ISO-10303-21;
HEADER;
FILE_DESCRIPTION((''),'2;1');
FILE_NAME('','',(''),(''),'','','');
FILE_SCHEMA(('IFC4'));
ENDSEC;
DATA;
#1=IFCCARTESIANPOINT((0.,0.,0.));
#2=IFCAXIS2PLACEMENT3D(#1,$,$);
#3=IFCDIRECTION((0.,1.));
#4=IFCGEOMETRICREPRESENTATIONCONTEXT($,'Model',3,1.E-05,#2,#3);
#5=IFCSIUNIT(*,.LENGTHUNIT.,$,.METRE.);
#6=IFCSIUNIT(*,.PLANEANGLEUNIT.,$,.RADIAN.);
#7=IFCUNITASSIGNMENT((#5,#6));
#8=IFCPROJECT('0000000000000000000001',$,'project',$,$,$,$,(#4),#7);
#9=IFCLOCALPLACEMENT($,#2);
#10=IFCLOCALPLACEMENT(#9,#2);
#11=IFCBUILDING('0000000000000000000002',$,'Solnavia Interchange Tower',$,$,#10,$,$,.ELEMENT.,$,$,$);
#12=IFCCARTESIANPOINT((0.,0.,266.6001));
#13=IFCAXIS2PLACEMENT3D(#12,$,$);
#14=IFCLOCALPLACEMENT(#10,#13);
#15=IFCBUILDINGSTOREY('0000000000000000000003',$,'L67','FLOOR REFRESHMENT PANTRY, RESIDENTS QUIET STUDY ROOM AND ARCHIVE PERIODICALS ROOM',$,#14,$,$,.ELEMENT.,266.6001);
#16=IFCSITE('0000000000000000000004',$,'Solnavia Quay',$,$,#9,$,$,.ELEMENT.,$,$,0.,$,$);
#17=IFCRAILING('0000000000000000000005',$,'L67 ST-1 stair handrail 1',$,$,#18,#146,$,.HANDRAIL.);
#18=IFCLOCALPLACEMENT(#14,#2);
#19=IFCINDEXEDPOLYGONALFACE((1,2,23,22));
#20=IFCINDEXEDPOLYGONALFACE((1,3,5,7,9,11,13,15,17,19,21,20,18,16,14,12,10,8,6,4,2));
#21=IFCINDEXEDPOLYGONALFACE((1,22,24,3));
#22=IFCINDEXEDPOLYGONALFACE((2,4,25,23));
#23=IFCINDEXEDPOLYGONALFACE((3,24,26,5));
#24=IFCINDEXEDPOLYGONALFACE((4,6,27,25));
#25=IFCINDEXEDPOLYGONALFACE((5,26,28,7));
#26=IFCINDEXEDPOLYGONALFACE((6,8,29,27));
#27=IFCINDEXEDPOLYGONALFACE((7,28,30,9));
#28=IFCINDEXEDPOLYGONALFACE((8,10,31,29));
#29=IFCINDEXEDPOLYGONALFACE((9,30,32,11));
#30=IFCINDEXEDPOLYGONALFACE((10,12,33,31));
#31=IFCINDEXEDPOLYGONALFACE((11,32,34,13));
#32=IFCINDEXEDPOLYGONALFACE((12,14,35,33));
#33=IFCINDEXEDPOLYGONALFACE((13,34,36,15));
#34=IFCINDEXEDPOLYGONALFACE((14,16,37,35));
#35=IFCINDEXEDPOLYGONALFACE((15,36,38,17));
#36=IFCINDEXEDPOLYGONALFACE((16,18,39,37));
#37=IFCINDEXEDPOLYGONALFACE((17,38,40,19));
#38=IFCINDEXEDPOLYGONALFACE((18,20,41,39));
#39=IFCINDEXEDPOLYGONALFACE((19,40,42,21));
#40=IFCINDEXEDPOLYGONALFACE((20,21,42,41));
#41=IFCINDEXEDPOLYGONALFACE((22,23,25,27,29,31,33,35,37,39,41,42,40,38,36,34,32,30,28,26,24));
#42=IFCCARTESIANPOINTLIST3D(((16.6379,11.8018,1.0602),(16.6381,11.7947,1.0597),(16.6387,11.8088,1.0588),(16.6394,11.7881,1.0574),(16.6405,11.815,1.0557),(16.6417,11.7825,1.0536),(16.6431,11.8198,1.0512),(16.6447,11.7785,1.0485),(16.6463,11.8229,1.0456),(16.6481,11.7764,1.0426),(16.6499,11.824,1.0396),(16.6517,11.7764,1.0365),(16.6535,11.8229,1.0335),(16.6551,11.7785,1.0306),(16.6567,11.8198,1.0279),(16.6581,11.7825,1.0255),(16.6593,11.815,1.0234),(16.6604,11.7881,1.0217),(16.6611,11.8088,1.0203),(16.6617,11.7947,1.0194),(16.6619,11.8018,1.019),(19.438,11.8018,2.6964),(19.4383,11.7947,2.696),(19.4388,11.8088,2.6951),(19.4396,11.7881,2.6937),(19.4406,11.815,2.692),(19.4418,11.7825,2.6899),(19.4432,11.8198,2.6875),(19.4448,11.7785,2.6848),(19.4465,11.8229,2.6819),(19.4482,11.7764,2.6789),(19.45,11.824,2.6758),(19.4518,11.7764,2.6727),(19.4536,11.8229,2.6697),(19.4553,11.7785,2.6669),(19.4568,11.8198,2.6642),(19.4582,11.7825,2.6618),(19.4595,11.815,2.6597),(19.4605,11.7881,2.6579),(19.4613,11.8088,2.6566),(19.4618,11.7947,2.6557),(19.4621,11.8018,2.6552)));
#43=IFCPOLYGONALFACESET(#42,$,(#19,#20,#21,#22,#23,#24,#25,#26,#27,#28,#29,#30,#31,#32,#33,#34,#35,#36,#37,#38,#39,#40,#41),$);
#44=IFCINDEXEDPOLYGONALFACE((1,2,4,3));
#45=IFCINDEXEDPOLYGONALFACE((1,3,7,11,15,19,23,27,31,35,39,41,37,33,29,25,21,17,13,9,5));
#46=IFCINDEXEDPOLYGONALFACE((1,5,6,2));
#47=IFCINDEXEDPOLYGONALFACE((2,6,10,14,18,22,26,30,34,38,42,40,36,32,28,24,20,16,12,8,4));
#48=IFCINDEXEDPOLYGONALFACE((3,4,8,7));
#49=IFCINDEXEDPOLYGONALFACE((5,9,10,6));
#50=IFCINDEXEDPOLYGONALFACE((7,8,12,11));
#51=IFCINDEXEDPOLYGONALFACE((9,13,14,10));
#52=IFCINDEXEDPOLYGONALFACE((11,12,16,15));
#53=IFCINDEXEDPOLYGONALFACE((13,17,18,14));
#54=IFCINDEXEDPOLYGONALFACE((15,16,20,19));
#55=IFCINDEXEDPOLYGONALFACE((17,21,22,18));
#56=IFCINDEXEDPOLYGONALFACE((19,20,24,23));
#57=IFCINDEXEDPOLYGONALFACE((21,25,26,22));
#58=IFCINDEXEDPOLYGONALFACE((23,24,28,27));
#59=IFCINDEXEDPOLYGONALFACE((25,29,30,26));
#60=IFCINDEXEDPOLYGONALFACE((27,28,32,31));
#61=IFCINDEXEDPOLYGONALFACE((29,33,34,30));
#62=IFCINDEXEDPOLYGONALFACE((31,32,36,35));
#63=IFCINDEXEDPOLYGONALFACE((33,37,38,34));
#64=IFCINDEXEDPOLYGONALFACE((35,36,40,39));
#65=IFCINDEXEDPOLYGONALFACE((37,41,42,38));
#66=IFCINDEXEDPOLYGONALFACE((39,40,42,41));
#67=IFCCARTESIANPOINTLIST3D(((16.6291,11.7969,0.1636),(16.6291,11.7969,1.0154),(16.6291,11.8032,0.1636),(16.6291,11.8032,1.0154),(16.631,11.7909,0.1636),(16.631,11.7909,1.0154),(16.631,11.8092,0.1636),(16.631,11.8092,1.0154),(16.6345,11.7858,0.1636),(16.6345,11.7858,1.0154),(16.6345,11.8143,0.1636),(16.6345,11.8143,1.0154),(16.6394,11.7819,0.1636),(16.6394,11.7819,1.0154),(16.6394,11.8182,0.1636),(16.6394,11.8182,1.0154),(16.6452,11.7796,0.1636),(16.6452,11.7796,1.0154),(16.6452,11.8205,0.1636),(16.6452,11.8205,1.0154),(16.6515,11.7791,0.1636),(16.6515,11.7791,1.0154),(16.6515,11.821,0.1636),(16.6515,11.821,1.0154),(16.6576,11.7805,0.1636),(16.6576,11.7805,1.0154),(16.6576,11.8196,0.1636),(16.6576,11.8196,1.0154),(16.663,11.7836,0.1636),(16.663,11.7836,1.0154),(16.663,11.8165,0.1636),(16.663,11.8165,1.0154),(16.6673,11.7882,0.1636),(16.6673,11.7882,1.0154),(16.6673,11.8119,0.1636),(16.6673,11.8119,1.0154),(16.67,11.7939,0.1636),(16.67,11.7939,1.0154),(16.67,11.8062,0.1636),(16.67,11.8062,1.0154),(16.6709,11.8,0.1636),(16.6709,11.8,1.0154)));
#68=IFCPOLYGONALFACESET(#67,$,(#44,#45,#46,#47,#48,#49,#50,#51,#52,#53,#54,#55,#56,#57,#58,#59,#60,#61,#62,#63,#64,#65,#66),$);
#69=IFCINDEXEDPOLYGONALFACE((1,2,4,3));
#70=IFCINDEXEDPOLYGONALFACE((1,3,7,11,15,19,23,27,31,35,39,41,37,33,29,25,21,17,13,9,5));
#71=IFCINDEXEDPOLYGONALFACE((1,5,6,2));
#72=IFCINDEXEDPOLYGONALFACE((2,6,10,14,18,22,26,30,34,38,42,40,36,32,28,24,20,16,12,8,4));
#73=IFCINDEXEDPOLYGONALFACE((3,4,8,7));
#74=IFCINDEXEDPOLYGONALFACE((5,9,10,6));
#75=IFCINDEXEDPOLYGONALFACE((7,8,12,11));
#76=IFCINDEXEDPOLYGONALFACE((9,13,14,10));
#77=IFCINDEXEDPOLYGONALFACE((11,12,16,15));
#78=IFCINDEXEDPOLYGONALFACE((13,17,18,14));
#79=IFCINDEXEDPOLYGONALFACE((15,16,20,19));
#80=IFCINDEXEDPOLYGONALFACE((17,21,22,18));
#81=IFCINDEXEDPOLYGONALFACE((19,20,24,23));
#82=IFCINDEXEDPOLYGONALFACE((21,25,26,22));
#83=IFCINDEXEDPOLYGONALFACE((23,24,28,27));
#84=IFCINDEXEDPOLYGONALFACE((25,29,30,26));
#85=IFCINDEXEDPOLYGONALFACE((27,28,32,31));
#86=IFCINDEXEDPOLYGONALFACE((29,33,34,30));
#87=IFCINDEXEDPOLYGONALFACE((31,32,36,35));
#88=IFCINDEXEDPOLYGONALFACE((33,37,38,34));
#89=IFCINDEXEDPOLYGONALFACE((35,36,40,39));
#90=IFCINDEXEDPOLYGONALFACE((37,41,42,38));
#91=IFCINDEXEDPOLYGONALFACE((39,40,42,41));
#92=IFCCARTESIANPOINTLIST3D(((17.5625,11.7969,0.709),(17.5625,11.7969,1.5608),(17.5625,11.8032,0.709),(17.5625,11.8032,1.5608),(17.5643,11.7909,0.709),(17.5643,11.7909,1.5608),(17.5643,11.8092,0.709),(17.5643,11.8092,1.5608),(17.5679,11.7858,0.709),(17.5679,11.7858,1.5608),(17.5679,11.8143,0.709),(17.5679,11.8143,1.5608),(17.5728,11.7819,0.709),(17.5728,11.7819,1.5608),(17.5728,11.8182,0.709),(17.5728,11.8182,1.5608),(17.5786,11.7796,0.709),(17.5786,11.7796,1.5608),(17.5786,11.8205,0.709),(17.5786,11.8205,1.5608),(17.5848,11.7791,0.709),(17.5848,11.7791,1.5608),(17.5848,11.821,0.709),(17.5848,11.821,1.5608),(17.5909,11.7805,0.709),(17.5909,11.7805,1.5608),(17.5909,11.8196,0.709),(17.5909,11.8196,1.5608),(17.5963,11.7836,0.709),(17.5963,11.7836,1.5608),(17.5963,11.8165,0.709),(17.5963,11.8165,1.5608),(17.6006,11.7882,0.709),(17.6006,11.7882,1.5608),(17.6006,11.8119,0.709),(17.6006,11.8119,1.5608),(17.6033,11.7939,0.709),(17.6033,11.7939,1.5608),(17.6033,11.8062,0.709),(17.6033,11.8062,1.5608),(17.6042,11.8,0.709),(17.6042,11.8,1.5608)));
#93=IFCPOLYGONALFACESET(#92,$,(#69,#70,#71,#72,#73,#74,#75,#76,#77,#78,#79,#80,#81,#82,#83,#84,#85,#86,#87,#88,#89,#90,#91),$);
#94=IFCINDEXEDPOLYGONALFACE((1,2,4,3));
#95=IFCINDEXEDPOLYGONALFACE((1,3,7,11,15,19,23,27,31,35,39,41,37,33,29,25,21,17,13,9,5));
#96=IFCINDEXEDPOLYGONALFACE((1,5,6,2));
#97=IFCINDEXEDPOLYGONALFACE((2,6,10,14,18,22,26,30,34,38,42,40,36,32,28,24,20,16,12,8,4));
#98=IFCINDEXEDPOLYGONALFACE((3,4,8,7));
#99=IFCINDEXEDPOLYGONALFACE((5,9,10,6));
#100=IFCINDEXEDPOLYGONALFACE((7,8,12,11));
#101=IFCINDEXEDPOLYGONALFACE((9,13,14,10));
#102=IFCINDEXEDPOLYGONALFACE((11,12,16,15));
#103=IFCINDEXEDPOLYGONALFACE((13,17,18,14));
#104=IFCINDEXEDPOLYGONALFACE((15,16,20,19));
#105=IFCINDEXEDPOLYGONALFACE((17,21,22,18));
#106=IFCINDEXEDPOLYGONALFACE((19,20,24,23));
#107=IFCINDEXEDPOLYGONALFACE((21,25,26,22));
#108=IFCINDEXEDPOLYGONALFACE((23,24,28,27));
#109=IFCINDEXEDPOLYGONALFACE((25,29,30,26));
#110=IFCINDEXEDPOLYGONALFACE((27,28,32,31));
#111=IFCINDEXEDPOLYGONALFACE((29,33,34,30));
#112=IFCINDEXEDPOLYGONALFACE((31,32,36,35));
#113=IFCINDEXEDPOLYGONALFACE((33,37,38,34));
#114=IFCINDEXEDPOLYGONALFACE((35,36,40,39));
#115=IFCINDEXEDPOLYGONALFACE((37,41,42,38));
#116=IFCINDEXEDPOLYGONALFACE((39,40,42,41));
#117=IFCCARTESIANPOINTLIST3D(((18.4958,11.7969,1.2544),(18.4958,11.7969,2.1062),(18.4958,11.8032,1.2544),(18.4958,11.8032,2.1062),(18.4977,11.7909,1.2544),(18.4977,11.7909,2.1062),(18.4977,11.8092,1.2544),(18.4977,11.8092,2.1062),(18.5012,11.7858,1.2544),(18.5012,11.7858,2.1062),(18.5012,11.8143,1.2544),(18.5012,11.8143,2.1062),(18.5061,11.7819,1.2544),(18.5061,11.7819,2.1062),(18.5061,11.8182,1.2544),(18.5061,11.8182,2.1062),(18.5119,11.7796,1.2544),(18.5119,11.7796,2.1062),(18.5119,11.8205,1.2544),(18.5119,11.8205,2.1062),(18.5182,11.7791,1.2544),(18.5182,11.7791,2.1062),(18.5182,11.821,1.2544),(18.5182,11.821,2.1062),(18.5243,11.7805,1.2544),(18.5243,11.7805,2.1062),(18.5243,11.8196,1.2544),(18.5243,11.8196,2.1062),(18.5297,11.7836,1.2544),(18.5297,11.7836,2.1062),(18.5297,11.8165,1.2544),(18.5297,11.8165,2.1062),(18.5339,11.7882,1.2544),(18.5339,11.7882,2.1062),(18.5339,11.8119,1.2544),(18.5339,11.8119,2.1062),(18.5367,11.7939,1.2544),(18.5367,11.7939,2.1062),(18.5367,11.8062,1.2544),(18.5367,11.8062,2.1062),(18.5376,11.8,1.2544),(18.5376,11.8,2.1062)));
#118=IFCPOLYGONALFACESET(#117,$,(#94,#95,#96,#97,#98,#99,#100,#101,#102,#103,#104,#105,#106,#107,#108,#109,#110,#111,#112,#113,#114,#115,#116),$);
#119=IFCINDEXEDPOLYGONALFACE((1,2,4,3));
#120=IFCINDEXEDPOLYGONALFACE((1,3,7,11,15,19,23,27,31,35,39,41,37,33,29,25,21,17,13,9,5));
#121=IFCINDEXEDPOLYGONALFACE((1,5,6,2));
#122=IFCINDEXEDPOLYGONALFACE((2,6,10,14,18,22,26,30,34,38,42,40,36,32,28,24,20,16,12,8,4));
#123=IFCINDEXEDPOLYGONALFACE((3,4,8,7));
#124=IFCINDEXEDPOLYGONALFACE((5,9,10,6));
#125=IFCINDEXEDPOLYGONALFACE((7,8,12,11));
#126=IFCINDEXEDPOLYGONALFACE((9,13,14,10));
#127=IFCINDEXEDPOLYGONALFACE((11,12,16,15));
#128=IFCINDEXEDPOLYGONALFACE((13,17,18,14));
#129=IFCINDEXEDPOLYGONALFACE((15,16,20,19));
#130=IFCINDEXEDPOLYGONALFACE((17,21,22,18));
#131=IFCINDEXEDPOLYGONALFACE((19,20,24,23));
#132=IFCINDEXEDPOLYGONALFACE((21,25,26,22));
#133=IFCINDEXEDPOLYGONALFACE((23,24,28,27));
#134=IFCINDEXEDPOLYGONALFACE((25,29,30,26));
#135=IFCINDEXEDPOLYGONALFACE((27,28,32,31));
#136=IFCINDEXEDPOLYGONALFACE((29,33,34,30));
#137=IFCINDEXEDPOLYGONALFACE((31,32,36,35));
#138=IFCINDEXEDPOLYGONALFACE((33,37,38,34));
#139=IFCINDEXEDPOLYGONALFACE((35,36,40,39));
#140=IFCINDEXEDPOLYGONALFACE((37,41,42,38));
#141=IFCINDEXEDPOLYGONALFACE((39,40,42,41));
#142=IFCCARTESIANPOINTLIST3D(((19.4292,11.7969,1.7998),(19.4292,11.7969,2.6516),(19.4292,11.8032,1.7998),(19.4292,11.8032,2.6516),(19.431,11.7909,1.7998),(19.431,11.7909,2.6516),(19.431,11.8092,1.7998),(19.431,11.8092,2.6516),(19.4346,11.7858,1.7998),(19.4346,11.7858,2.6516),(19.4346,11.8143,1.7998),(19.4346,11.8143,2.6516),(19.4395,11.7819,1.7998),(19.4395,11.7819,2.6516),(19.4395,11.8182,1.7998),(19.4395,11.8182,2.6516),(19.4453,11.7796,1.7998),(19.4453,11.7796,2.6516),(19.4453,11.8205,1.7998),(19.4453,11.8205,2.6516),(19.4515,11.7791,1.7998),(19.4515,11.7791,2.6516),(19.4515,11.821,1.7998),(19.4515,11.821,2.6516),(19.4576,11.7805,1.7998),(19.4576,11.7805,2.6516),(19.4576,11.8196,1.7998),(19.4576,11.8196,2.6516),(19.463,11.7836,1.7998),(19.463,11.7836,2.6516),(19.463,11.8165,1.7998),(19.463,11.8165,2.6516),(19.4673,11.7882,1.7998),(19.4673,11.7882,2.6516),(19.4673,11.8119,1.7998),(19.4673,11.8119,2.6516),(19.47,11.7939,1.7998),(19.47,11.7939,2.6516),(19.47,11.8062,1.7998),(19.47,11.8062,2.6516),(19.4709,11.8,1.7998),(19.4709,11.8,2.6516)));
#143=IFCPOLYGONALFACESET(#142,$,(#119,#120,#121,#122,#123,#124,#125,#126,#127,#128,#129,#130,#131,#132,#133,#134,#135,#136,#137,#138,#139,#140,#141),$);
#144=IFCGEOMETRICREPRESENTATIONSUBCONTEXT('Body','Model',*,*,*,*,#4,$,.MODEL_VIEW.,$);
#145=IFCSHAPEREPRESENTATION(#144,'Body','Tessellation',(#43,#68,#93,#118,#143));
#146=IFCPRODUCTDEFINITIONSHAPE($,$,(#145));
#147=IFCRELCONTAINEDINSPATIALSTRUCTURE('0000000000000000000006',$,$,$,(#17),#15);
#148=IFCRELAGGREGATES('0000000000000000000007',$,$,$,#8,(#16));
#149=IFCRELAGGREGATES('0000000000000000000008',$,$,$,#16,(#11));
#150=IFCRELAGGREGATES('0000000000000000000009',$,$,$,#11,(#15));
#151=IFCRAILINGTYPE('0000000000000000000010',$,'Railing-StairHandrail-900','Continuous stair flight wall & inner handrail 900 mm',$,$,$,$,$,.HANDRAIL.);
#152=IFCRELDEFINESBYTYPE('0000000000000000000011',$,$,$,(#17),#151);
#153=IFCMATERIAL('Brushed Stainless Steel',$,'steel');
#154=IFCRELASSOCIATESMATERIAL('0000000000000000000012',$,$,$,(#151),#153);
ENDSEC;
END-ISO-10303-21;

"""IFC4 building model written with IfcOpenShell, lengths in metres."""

from ifc_helpers import new_model, si_unit, direction, frame, origin, origin_2d, place, context, subcontext, project, spatial, circle, extrude, material, type_object, element, save


model = new_model("IFC4")

# Units and contexts
model_context = context("Model", 3, precision=1e-05, world=origin(), true_north=direction((0.0, 1.0)))
body_context = subcontext(model_context, "Body", "Model", "MODEL_VIEW")
ifc_project = project(units=[si_unit("LENGTHUNIT", "METRE"), si_unit("PLANEANGLEUNIT", "RADIAN")], contexts=[model_context])

# Site, building, storey
site_placement = place(None, origin())
site = spatial("IfcSite", under=ifc_project, at=site_placement, Name="Solnavia Quay", CompositionType="ELEMENT", RefElevation=0.0)
building_placement = place(site_placement, origin())
building = spatial("IfcBuilding", under=site, at=building_placement, Name="Solnavia Interchange Tower", CompositionType="ELEMENT")
storey_placement = place(building_placement, frame((0.0, 0.0, 266.6001)))
storey = spatial("IfcBuildingStorey", under=building, at=storey_placement, Name="L67", Description="FLOOR REFRESHMENT PANTRY, RESIDENTS QUIET STUDY ROOM AND ARCHIVE PERIODICALS ROOM", CompositionType="ELEMENT", Elevation=266.6001)

# Railing
ifc_material_1 = material(Name="Brushed Stainless Steel", Category="steel")
railing_type_1 = type_object("IfcRailingType", Name="Railing-StairHandrail-900", Description="Continuous stair flight wall & inner handrail 900 mm", PredefinedType="HANDRAIL", material=ifc_material_1)
railing_1_placement = place(storey_placement, frame((16.6499, 11.8, 0.1636)))
element("IfcRailing", 1, at=railing_1_placement, inside=storey, type_object=railing_type_1, Name="L67 ST-1 stair handrail 1", PredefinedType="HANDRAIL", context=body_context, shape_type="SweptSolid", body=[
    extrude(circle(Radius=0.0239, at=origin_2d()), frame((0.0, 0.0, 0.876), z_axis=(0.863394, 0.0, 0.504531), x_axis=(0.0, 1.0, 0.0)), (0.0, 0.0, 1.0), 3.2432),
    extrude(circle(Radius=0.021, at=origin_2d()), origin(), (0.0, 0.0, 1.0), 0.8518),
    extrude(circle(Radius=0.021, at=origin_2d()), frame((0.9333, 0.0, 0.5454)), (0.0, 0.0, 1.0), 0.8518),
    extrude(circle(Radius=0.021, at=origin_2d()), frame((1.8667, 0.0, 1.0908)), (0.0, 0.0, 1.0), 0.8518),
    extrude(circle(Radius=0.021, at=origin_2d()), frame((2.8, 0.0, 1.6362)), (0.0, 0.0, 1.0), 0.8518),
])

save(model, "model.ifc")
